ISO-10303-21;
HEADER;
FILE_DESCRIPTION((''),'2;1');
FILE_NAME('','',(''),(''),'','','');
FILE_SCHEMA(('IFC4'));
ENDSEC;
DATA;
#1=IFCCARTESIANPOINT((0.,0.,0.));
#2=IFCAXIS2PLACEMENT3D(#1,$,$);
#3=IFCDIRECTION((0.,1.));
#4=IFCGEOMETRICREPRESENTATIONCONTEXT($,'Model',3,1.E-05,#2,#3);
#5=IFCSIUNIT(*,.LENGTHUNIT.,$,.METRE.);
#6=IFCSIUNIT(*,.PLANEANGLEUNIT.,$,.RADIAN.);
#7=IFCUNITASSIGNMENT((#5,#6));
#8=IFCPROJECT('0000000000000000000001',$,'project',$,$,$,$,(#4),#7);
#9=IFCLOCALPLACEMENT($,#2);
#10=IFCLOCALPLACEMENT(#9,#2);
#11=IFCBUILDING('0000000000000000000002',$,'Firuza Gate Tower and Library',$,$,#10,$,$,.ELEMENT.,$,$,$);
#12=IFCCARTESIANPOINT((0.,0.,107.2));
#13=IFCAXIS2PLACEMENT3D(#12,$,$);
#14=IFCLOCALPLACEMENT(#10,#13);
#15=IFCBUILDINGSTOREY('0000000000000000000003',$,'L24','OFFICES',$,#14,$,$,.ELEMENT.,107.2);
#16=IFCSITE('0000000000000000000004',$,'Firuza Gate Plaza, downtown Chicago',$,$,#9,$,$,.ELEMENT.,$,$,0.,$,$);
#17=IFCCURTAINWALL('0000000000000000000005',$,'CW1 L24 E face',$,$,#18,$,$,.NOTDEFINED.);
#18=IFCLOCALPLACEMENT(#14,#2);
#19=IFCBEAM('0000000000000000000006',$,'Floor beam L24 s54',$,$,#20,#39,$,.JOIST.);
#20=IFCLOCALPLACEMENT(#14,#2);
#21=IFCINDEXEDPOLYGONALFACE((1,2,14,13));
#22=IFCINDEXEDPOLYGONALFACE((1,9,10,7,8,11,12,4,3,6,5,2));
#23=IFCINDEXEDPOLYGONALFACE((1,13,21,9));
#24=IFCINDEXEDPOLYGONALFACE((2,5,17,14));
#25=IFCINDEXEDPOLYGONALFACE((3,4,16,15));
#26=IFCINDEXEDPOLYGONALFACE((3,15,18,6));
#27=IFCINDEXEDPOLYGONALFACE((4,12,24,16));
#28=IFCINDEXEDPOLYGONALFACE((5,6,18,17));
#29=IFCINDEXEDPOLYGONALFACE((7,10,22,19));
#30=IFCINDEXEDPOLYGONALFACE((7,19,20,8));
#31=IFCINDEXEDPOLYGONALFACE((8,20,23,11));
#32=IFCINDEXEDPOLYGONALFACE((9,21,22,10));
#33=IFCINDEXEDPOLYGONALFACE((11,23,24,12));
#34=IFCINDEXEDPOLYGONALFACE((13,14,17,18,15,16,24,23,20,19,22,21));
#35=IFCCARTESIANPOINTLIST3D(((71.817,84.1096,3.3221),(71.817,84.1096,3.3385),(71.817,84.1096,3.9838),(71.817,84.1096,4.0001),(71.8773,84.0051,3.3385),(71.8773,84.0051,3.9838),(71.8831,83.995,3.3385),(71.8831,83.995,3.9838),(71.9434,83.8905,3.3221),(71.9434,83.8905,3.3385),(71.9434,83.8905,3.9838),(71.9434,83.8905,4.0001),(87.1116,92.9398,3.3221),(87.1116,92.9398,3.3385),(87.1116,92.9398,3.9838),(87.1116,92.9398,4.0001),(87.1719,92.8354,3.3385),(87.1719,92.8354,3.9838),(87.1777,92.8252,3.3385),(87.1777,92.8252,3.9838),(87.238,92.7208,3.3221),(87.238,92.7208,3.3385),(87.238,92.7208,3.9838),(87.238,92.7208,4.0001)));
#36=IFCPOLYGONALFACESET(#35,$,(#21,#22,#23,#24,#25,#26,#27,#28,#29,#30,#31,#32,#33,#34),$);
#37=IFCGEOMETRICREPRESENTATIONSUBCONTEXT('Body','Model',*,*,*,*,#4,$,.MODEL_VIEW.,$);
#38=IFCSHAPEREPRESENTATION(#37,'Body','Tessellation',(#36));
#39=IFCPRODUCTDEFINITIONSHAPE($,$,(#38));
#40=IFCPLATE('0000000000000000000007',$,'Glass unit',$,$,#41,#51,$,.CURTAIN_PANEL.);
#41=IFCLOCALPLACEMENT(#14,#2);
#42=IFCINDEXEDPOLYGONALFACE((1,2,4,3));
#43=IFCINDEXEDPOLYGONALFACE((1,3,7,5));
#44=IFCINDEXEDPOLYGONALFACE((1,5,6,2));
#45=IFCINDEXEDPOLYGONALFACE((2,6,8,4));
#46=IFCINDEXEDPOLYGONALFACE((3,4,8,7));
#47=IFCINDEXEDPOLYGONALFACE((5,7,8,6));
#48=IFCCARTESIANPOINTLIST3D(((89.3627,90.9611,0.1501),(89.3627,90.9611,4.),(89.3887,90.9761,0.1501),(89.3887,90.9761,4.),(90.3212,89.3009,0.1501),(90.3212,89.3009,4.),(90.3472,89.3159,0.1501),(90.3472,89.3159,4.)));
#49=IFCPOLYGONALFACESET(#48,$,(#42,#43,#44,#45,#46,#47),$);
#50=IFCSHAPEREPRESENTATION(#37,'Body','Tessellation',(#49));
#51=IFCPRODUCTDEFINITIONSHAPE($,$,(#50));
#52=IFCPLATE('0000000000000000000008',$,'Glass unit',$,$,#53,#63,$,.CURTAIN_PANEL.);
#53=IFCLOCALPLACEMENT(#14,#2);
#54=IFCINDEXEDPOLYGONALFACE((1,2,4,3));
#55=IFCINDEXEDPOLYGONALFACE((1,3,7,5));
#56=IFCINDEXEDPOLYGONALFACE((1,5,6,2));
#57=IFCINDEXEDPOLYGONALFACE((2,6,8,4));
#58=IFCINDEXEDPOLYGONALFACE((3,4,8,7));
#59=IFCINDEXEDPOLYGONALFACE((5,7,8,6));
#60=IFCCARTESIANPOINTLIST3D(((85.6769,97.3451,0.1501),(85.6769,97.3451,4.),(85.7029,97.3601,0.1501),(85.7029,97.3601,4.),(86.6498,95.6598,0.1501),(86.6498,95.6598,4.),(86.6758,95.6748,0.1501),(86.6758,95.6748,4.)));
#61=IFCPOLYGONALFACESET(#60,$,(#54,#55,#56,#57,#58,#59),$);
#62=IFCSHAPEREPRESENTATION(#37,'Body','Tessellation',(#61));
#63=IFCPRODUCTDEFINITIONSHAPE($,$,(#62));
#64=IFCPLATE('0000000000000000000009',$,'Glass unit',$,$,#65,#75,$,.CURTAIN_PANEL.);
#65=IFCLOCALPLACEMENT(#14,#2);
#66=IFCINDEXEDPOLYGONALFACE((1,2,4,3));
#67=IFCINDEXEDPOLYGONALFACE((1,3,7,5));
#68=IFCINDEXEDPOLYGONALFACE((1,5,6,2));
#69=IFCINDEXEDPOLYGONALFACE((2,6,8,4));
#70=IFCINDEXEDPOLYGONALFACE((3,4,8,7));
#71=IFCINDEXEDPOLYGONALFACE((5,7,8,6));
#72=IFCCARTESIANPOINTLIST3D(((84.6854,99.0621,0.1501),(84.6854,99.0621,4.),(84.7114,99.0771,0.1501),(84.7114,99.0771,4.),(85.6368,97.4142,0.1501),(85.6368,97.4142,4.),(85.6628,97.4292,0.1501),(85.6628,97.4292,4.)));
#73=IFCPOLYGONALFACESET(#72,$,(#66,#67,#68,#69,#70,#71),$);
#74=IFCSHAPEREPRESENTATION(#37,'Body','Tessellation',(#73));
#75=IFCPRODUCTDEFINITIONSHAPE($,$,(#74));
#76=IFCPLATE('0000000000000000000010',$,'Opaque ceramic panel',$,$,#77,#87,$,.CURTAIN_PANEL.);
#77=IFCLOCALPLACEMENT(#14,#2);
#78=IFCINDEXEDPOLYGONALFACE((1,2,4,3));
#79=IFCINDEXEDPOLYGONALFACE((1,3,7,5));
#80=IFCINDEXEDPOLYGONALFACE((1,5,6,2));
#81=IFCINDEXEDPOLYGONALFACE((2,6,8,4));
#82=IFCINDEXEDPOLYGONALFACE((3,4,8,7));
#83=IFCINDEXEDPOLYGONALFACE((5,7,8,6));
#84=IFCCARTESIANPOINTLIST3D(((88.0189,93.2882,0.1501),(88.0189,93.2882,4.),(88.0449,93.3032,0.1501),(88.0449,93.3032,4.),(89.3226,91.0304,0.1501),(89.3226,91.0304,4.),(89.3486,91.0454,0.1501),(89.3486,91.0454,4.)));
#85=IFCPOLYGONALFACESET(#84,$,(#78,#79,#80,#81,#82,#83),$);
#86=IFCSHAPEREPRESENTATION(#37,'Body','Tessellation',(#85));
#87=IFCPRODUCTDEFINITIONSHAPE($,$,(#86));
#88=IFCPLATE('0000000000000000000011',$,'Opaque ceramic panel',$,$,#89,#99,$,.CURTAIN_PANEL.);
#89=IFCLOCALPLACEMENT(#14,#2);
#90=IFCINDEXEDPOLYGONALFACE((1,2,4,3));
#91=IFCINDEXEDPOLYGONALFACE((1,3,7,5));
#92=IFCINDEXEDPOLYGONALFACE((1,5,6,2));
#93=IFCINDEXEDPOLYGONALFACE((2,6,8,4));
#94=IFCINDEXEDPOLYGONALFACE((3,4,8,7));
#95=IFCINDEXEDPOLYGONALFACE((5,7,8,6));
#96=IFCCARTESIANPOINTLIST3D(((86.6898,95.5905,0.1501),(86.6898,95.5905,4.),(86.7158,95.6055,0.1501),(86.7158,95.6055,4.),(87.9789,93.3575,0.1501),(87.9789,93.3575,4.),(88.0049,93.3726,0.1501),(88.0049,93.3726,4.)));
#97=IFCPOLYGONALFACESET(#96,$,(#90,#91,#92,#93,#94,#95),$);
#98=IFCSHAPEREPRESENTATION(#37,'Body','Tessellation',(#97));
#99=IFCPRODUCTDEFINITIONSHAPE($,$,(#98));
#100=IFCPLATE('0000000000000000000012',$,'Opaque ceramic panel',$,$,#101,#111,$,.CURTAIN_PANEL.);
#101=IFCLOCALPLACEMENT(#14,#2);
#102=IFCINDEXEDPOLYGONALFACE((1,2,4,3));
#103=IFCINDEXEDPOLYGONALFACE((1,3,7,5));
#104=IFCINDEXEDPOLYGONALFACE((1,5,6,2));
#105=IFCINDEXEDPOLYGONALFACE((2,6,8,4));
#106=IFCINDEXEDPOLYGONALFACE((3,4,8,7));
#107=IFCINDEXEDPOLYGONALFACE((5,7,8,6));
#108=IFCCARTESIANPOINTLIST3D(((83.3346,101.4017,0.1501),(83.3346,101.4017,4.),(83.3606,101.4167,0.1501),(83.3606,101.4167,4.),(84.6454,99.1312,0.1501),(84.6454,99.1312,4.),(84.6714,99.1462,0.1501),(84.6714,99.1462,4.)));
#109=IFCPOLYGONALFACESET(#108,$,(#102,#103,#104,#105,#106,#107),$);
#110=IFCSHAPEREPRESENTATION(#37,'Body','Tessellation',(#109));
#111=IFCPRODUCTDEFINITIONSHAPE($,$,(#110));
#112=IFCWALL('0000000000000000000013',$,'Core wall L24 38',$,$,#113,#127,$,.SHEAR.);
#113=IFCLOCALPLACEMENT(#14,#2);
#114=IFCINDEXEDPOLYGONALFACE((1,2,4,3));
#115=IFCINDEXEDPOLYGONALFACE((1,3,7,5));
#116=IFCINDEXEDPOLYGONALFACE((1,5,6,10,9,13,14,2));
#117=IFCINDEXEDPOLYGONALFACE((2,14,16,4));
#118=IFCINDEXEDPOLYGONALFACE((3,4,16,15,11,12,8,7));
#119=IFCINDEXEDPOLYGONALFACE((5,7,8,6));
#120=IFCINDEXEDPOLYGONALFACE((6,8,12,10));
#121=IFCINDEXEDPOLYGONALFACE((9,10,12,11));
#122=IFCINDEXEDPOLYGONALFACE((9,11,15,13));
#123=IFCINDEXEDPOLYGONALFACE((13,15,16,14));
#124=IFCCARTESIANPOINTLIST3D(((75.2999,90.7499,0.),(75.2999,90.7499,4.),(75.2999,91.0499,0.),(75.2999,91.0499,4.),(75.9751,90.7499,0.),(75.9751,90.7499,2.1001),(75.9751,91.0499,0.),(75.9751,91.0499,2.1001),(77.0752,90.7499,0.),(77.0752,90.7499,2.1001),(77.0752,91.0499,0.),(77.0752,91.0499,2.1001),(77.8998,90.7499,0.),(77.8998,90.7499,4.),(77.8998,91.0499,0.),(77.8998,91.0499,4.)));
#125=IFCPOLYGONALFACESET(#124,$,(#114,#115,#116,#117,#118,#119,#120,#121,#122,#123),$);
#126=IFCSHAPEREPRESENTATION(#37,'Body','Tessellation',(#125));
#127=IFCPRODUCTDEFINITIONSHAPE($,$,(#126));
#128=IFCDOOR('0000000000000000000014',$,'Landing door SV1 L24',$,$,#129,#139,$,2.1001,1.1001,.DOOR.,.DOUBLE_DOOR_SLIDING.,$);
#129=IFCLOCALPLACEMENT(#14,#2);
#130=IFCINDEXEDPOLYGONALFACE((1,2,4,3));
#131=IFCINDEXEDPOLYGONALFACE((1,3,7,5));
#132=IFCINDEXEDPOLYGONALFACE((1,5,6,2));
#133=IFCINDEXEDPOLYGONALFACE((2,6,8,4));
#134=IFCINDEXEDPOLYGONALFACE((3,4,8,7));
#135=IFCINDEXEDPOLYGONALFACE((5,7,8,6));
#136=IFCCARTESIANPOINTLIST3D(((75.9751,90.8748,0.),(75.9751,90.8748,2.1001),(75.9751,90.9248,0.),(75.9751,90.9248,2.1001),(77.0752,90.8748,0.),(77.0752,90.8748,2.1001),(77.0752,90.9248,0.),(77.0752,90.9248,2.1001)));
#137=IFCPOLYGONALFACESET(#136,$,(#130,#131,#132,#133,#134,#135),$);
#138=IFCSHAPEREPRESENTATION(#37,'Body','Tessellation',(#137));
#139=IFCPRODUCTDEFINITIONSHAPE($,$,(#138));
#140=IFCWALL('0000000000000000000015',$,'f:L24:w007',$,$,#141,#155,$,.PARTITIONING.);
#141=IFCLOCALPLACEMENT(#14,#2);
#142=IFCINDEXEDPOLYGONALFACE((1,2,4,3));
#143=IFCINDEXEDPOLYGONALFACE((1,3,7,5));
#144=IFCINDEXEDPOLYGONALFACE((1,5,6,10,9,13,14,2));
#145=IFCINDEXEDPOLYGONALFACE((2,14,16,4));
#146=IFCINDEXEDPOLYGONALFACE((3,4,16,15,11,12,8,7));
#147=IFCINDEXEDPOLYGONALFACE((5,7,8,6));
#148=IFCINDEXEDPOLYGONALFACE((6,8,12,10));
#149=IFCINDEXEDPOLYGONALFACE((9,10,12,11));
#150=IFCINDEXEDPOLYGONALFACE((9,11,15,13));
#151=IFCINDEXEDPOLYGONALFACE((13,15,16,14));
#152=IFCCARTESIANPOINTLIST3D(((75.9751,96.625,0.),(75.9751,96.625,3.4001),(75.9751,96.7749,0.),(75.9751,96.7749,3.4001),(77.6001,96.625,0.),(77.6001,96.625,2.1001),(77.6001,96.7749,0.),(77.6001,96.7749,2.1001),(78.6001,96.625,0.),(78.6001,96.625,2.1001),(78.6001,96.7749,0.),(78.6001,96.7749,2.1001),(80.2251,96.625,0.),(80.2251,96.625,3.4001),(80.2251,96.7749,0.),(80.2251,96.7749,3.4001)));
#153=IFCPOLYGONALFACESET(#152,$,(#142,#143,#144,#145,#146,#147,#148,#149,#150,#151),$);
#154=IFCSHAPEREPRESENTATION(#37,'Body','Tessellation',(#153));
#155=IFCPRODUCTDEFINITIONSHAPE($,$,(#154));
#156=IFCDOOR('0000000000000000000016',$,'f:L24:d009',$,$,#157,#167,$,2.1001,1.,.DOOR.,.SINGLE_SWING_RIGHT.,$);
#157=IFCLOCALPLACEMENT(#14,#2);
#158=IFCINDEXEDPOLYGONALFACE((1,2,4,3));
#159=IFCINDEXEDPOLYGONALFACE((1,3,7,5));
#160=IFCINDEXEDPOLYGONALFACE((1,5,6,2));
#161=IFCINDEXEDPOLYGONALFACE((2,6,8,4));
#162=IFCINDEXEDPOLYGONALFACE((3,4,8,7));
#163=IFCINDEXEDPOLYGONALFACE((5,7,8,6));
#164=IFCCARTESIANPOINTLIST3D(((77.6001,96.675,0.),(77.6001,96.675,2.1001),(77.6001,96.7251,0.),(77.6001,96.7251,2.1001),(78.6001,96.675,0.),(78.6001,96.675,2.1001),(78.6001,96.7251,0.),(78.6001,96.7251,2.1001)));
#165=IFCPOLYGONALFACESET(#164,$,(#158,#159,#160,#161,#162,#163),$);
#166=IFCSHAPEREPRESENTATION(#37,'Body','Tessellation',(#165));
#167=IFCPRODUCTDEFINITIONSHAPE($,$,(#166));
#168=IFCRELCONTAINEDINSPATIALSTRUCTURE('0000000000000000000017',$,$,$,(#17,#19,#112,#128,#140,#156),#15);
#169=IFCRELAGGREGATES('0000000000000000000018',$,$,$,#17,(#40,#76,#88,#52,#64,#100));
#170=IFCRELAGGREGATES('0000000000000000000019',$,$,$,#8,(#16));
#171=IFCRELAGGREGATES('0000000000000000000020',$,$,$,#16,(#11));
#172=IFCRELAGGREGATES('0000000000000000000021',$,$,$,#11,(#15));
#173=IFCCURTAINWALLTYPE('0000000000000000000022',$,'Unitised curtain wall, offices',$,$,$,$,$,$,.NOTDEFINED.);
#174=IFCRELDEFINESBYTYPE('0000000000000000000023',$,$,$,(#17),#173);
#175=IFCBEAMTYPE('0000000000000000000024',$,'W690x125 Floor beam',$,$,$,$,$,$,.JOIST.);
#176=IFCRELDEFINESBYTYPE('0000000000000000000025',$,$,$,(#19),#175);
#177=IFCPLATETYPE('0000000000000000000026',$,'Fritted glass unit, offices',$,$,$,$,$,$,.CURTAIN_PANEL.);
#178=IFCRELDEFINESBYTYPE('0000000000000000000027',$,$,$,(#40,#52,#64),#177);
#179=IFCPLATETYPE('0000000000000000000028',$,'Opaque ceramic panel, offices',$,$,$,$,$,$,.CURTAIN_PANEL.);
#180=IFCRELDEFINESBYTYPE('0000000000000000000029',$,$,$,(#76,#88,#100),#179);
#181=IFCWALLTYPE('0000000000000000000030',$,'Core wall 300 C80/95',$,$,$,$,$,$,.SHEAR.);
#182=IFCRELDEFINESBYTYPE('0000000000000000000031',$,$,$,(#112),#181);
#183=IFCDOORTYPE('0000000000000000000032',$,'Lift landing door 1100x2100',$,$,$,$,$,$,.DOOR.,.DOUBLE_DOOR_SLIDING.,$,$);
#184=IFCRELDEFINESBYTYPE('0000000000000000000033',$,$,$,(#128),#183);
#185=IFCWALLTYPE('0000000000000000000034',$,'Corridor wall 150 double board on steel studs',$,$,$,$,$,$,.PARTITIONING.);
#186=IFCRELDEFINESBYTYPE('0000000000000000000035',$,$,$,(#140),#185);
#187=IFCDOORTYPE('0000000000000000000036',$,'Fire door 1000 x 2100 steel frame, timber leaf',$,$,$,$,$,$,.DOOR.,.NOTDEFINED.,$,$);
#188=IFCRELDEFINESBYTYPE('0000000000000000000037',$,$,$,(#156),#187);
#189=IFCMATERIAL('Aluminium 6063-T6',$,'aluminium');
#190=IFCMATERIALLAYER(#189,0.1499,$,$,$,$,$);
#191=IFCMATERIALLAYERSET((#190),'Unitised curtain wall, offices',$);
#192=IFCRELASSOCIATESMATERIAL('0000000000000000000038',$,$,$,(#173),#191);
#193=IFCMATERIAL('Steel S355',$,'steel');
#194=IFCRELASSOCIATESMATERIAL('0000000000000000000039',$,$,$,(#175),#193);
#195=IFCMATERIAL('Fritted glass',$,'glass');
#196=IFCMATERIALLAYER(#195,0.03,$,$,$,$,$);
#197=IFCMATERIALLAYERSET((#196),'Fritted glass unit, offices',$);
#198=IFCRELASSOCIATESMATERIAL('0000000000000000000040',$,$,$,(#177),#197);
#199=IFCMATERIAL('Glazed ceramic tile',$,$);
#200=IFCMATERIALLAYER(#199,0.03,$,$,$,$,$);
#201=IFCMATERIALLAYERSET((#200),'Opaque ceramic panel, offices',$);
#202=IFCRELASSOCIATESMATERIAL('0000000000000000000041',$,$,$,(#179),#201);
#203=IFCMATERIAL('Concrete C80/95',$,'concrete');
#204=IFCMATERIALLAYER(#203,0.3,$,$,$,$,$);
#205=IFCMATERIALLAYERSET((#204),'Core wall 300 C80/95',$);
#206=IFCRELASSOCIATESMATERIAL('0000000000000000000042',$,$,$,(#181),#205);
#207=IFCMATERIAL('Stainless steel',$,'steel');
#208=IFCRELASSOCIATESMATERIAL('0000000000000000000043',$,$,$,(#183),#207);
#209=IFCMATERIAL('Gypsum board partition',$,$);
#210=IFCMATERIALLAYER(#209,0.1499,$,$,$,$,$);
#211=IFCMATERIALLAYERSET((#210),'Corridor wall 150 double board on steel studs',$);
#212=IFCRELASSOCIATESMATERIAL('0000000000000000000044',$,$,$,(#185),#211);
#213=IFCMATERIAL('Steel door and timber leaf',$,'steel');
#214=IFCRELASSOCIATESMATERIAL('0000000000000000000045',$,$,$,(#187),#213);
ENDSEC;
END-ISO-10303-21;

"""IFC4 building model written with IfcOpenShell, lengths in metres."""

from ifc_helpers import new_model, si_unit, direction, frame, frame_2d, origin, origin_2d, place, context, subcontext, project, spatial, polyline, rectangle, i_section, outline, extrude, material, layer, layer_set, material_profile, profile_set, type_object, element, fill, aggregate, save


model = new_model("IFC4")

# Units and contexts
model_context = context("Model", 3, precision=1e-05, world=origin(), true_north=direction((0.0, 1.0)))
body_context = subcontext(model_context, "Body", "Model", "MODEL_VIEW")
ifc_project = project(units=[si_unit("LENGTHUNIT", "METRE"), si_unit("PLANEANGLEUNIT", "RADIAN")], contexts=[model_context])

# Site, building, storey
site_placement = place(None, origin())
site = spatial("IfcSite", under=ifc_project, at=site_placement, Name="Firuza Gate Plaza, downtown Chicago", CompositionType="ELEMENT", RefElevation=0.0)
building_placement = place(site_placement, origin())
building = spatial("IfcBuilding", under=site, at=building_placement, Name="Firuza Gate Tower and Library", CompositionType="ELEMENT")
storey_placement = place(building_placement, frame((0.0, 0.0, 107.2)))
storey = spatial("IfcBuildingStorey", under=building, at=storey_placement, Name="L24", Description="OFFICES", CompositionType="ELEMENT", Elevation=107.2)

# Curtain wall
ifc_material_1 = material(Name="Aluminium 6063-T6", Category="aluminium")
ifc_layer_1 = layer(ifc_material_1, 0.1499)
ifc_layer_set_1 = layer_set([ifc_layer_1], Name="Unitised curtain wall, offices")
curtain_wall_type = type_object("IfcCurtainWallType", Name="Unitised curtain wall, offices", PredefinedType="NOTDEFINED", material=ifc_layer_set_1)
curtain_wall_placement = place(storey_placement, origin())
curtain_wall = element("IfcCurtainWall", 1, at=curtain_wall_placement, inside=storey, type_object=curtain_wall_type, Name="CW1 L24 E face", PredefinedType="NOTDEFINED")

# Beam
ifc_material_2 = material(Name="Steel S355", Category="steel")
ifc_material_profile_1 = material_profile(ifc_material_2, i_section(OverallWidth=0.2529, OverallDepth=0.678, WebThickness=0.0117, FlangeThickness=0.0164, at=origin_2d()))
ifc_profile_set_1 = profile_set([ifc_material_profile_1], Name="Steel S355")
beam_type_1 = type_object("IfcBeamType", Name="W690x125 Floor beam", PredefinedType="JOIST", material=ifc_profile_set_1)
beam_1_placement = place(storey_placement, frame((87.1748, 92.8303, 3.6611), z_axis=(-0.866027, -0.499997, 0.0), x_axis=(0.499997, -0.866027, 0.0)))
element("IfcBeam", 2, at=beam_1_placement, inside=storey, type_object=beam_type_1, Name="Floor beam L24 s54", PredefinedType="JOIST", context=body_context, shape_type="SweptSolid", body=[
    extrude(i_section(OverallWidth=0.2529, OverallDepth=0.678, WebThickness=0.0117, FlangeThickness=0.0164, at=origin_2d()), origin(), (0.0, 0.0, 1.0), 17.6606),
])

# Plates
ifc_material_3 = material(Name="Fritted glass", Category="glass")
ifc_layer_2 = layer(ifc_material_3, 0.03)
ifc_layer_set_2 = layer_set([ifc_layer_2], Name="Fritted glass unit, offices")
plate_type_1 = type_object("IfcPlateType", Name="Fritted glass unit, offices", PredefinedType="CURTAIN_PANEL", material=ifc_layer_set_2)
plate_1_placement = place(storey_placement, frame((90.3472, 89.3159, 0.1501), z_axis=(0.866024, 0.500002, 0.0), x_axis=(-0.500002, 0.866024, 0.0)))
plate_1 = element("IfcPlate", 3, at=plate_1_placement, type_object=plate_type_1, Name="Glass unit", PredefinedType="CURTAIN_PANEL", context=body_context, shape_type="SweptSolid", body=[
    extrude(outline(polyline([(0.0, 0.0), (1.917, 0.0), (1.917, 3.8499), (0.0, 3.8499), (0.0, 0.0)])), origin(), (0.0, 0.0, -1.0), 0.03),
])
plate_2_placement = place(storey_placement, frame((86.6758, 95.6748, 0.1501), z_axis=(0.86605, 0.499958, 0.0), x_axis=(-0.499958, 0.86605, 0.0)))
plate_2 = element("IfcPlate", 4, at=plate_2_placement, type_object=plate_type_1, Name="Glass unit", PredefinedType="CURTAIN_PANEL", context=body_context, shape_type="SweptSolid", body=[
    extrude(outline(polyline([(0.0, 0.0), (1.946, 0.0), (1.946, 3.8499), (0.0, 3.8499), (0.0, 0.0)])), origin(), (0.0, 0.0, -1.0), 0.03),
])
plate_3_placement = place(storey_placement, frame((85.6628, 97.4292, 0.1501), z_axis=(0.866032, 0.499989, 0.0), x_axis=(-0.499989, 0.866032, 0.0)))
plate_3 = element("IfcPlate", 5, at=plate_3_placement, type_object=plate_type_1, Name="Glass unit", PredefinedType="CURTAIN_PANEL", context=body_context, shape_type="SweptSolid", body=[
    extrude(outline(polyline([(0.0, 0.0), (1.9029, 0.0), (1.9029, 3.8499), (0.0, 3.8499), (0.0, 0.0)])), origin(), (0.0, 0.0, -1.0), 0.03),
])
ifc_material_4 = material(Name="Glazed ceramic tile")
ifc_layer_3 = layer(ifc_material_4, 0.03)
ifc_layer_set_3 = layer_set([ifc_layer_3], Name="Opaque ceramic panel, offices")
plate_type_2 = type_object("IfcPlateType", Name="Opaque ceramic panel, offices", PredefinedType="CURTAIN_PANEL", material=ifc_layer_set_3)
plate_4_placement = place(storey_placement, frame((89.3486, 91.0454, 0.1501), z_axis=(0.865998, 0.500047, 0.0), x_axis=(-0.500047, 0.865998, 0.0)))
plate_4 = element("IfcPlate", 6, at=plate_4_placement, type_object=plate_type_2, Name="Opaque ceramic panel", PredefinedType="CURTAIN_PANEL", context=body_context, shape_type="SweptSolid", body=[
    extrude(outline(polyline([(0.0, 0.0), (2.6072, 0.0), (2.6072, 3.8499), (0.0, 3.8499), (0.0, 0.0)])), origin(), (0.0, 0.0, -1.0), 0.03),
])
plate_5_placement = place(storey_placement, frame((88.0049, 93.3726, 0.1501), z_axis=(0.866044, 0.499968, 0.0), x_axis=(-0.499968, 0.866044, 0.0)))
plate_5 = element("IfcPlate", 7, at=plate_5_placement, type_object=plate_type_2, Name="Opaque ceramic panel", PredefinedType="CURTAIN_PANEL", context=body_context, shape_type="SweptSolid", body=[
    extrude(outline(polyline([(0.0, 0.0), (2.5783, 0.0), (2.5783, 3.8499), (0.0, 3.8499), (0.0, 0.0)])), origin(), (0.0, 0.0, -1.0), 0.03),
])
plate_6_placement = place(storey_placement, frame((84.6714, 99.1462, 0.1501), z_axis=(0.86604, 0.499975, 0.0), x_axis=(-0.499975, 0.86604, 0.0)))
plate_6 = element("IfcPlate", 8, at=plate_6_placement, type_object=plate_type_2, Name="Opaque ceramic panel", PredefinedType="CURTAIN_PANEL", context=body_context, shape_type="SweptSolid", body=[
    extrude(outline(polyline([(0.0, 0.0), (2.6217, 0.0), (2.6217, 3.8499), (0.0, 3.8499), (0.0, 0.0)])), origin(), (0.0, 0.0, -1.0), 0.03),
])
aggregate(curtain_wall, [plate_1, plate_4, plate_5, plate_2, plate_3, plate_6])

# Walls, openings, doors
ifc_material_5 = material(Name="Concrete C80/95", Category="concrete")
ifc_layer_4 = layer(ifc_material_5, 0.3)
ifc_layer_set_4 = layer_set([ifc_layer_4], Name="Core wall 300 C80/95")
wall_type_1 = type_object("IfcWallType", Name="Core wall 300 C80/95", PredefinedType="SHEAR", material=ifc_layer_set_4)
wall_1_placement = place(storey_placement, frame((75.3, 90.8999, 0.0), z_axis=(0.0, 0.0, 1.0), x_axis=(1.0, 0.0, 0.0)))
wall_1 = element("IfcWall", 9, at=wall_1_placement, inside=storey, type_object=wall_type_1, Name="Core wall L24 38", PredefinedType="SHEAR", context=body_context, shape_type="SweptSolid", body=[
    extrude(rectangle(XDim=2.5999, YDim=0.3, at=frame_2d((1.2998, 0.0))), origin(), (0.0, 0.0, 1.0), 4.0),
])
opening_1_placement = place(wall_1_placement, frame((0.675, 0.0, 0.0)))
opening_1 = element("IfcOpeningElement", 10, at=opening_1_placement, cuts=wall_1, PredefinedType="OPENING", context=body_context, shape_type="SweptSolid", body=[
    extrude(rectangle(XDim=1.1001, YDim=2.1001, at=frame_2d((0.55, 1.05))), frame((0.0, 0.1602, 0.0), z_axis=(0.0, -1.0, 0.0), x_axis=(1.0, 0.0, 0.0)), (0.0, 0.0, 1.0), 0.3201),
])
ifc_material_6 = material(Name="Stainless steel", Category="steel")
door_type_1 = type_object("IfcDoorType", Name="Lift landing door 1100x2100", OperationType="DOUBLE_DOOR_SLIDING", PredefinedType="DOOR", material=ifc_material_6)
door_1_placement = place(opening_1_placement, origin())
door_1 = element("IfcDoor", 11, at=door_1_placement, inside=storey, type_object=door_type_1, Name="Landing door SV1 L24", OperationType="DOUBLE_DOOR_SLIDING", OverallHeight=2.1001, OverallWidth=1.1001, PredefinedType="DOOR", context=body_context, shape_type="SweptSolid", body=[
    extrude(rectangle(XDim=1.1001, YDim=2.1001, at=frame_2d((0.55, 1.05))), frame((0.0, 0.0249, 0.0), z_axis=(0.0, -1.0, 0.0), x_axis=(1.0, 0.0, 0.0)), (0.0, 0.0, 1.0), 0.05),
])
fill(opening_1, door_1)
ifc_material_7 = material(Name="Gypsum board partition")
ifc_layer_5 = layer(ifc_material_7, 0.1499)
ifc_layer_set_5 = layer_set([ifc_layer_5], Name="Corridor wall 150 double board on steel studs")
wall_type_2 = type_object("IfcWallType", Name="Corridor wall 150 double board on steel studs", PredefinedType="PARTITIONING", material=ifc_layer_set_5)
wall_2_placement = place(storey_placement, frame((80.2251, 96.7, 0.0), z_axis=(0.0, 0.0, 1.0), x_axis=(-1.0, 0.0, 0.0)))
wall_2 = element("IfcWall", 12, at=wall_2_placement, inside=storey, type_object=wall_type_2, Name="f:L24:w007", PredefinedType="PARTITIONING", context=body_context, shape_type="SweptSolid", body=[
    extrude(rectangle(XDim=4.25, YDim=0.1499, at=frame_2d((2.125, 0.0))), origin(), (0.0, 0.0, 1.0), 3.4001),
])
opening_2_placement = place(wall_2_placement, frame((1.625, 0.0, 0.0)))
opening_2 = element("IfcOpeningElement", 13, at=opening_2_placement, cuts=wall_2, PredefinedType="OPENING", context=body_context, shape_type="SweptSolid", body=[
    extrude(rectangle(XDim=1.0, YDim=2.1001, at=frame_2d((0.5, 1.05))), frame((0.0, 0.085, 0.0), z_axis=(0.0, -1.0, 0.0), x_axis=(1.0, 0.0, 0.0)), (0.0, 0.0, 1.0), 0.1699),
])
ifc_material_8 = material(Name="Steel door and timber leaf", Category="steel")
door_type_2 = type_object("IfcDoorType", Name="Fire door 1000 x 2100 steel frame, timber leaf", OperationType="NOTDEFINED", PredefinedType="DOOR", material=ifc_material_8)
door_2_placement = place(opening_2_placement, origin())
door_2 = element("IfcDoor", 14, at=door_2_placement, inside=storey, type_object=door_type_2, Name="f:L24:d009", OperationType="SINGLE_SWING_RIGHT", OverallHeight=2.1001, OverallWidth=1.0, PredefinedType="DOOR", context=body_context, shape_type="SweptSolid", body=[
    extrude(rectangle(XDim=1.0, YDim=2.1001, at=frame_2d((0.5, 1.05))), frame((0.0, 0.0249, 0.0), z_axis=(0.0, -1.0, 0.0), x_axis=(1.0, 0.0, 0.0)), (0.0, 0.0, 1.0), 0.05),
])
fill(opening_2, door_2)

save(model, "model.ifc")
